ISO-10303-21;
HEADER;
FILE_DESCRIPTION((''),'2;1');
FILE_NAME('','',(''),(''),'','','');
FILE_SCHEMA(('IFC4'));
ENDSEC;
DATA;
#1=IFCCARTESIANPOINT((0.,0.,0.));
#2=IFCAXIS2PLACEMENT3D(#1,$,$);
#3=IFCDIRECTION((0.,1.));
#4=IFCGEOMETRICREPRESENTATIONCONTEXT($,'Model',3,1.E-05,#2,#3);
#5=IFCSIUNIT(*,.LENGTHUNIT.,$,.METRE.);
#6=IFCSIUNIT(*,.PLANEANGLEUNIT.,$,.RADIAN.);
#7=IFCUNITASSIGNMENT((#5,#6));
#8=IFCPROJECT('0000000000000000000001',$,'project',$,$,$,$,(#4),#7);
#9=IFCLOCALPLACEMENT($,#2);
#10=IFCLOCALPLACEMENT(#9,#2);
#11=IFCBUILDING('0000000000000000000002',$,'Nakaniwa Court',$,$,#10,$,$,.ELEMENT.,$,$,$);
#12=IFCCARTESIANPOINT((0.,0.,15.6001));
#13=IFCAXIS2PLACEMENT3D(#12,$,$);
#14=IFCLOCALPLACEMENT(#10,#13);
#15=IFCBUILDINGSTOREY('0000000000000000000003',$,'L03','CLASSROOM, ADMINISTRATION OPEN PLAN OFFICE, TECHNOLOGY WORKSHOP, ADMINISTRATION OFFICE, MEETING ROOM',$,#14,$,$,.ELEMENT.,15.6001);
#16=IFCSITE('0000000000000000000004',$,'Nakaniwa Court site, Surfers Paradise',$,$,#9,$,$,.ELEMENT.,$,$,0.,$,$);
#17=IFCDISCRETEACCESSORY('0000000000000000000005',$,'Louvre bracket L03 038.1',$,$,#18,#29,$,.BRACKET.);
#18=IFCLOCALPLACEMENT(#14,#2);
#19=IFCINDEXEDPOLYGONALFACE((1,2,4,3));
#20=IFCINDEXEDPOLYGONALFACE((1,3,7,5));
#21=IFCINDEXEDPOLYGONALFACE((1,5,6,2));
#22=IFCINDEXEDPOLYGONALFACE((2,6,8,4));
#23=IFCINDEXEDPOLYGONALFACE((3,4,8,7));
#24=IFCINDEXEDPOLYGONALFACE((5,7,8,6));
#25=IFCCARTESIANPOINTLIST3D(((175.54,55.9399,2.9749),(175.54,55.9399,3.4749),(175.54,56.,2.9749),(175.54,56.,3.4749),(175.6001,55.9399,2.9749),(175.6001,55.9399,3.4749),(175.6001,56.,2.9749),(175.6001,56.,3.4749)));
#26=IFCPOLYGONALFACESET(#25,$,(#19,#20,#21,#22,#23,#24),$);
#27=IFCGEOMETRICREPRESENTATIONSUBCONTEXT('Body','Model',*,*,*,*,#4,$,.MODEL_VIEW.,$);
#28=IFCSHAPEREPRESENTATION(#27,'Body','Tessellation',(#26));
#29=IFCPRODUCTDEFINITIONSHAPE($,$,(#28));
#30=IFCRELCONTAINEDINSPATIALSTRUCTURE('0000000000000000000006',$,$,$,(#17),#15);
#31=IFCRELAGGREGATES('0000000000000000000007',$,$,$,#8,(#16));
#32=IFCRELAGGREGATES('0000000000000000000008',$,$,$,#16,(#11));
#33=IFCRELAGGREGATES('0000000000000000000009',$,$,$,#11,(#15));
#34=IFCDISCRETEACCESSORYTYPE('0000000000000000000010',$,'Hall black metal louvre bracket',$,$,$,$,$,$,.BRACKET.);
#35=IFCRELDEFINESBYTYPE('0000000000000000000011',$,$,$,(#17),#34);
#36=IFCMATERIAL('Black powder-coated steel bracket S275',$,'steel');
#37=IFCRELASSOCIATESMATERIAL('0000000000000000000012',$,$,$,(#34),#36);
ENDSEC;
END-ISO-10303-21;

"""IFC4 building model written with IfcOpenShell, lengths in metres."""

from ifc_helpers import new_model, si_unit, direction, frame, origin, origin_2d, place, context, subcontext, project, spatial, rectangle, extrude, material, type_object, element, save


model = new_model("IFC4")

# Units and contexts
model_context = context("Model", 3, precision=1e-05, world=origin(), true_north=direction((0.0, 1.0)))
body_context = subcontext(model_context, "Body", "Model", "MODEL_VIEW")
ifc_project = project(units=[si_unit("LENGTHUNIT", "METRE"), si_unit("PLANEANGLEUNIT", "RADIAN")], contexts=[model_context])

# Site, building, storey
site_placement = place(None, origin())
site = spatial("IfcSite", under=ifc_project, at=site_placement, Name="Nakaniwa Court site, Surfers Paradise", CompositionType="ELEMENT", RefElevation=0.0)
building_placement = place(site_placement, origin())
building = spatial("IfcBuilding", under=site, at=building_placement, Name="Nakaniwa Court", CompositionType="ELEMENT")
storey_placement = place(building_placement, frame((0.0, 0.0, 15.6001)))
storey = spatial("IfcBuildingStorey", under=building, at=storey_placement, Name="L03", Description="CLASSROOM, ADMINISTRATION OPEN PLAN OFFICE, TECHNOLOGY WORKSHOP, ADMINISTRATION OFFICE, MEETING ROOM", CompositionType="ELEMENT", Elevation=15.6001)

# Discrete accessory
ifc_material_1 = material(Name="Black powder-coated steel bracket S275", Category="steel")
discrete_accessory_type = type_object("IfcDiscreteAccessoryType", Name="Hall black metal louvre bracket", PredefinedType="BRACKET", material=ifc_material_1)
for number, where, z_axis, x_axis, name in (
    (1, (175.5701, 55.97, 2.9749), (0.0, 0.0, 1.0), (-1.0, 0.0, 0.0), "Louvre bracket L03 038.1"),
):
    element("IfcDiscreteAccessory", number, at=place(storey_placement, frame(where, z_axis=z_axis, x_axis=x_axis)), inside=storey, type_object=discrete_accessory_type, Name=name, PredefinedType="BRACKET", context=body_context, shape_type="SweptSolid", body=[
        extrude(rectangle(XDim=0.0601, YDim=0.0601, at=origin_2d()), origin(), (0.0, 0.0, 1.0), 0.5),
    ])

save(model, "model.ifc")
